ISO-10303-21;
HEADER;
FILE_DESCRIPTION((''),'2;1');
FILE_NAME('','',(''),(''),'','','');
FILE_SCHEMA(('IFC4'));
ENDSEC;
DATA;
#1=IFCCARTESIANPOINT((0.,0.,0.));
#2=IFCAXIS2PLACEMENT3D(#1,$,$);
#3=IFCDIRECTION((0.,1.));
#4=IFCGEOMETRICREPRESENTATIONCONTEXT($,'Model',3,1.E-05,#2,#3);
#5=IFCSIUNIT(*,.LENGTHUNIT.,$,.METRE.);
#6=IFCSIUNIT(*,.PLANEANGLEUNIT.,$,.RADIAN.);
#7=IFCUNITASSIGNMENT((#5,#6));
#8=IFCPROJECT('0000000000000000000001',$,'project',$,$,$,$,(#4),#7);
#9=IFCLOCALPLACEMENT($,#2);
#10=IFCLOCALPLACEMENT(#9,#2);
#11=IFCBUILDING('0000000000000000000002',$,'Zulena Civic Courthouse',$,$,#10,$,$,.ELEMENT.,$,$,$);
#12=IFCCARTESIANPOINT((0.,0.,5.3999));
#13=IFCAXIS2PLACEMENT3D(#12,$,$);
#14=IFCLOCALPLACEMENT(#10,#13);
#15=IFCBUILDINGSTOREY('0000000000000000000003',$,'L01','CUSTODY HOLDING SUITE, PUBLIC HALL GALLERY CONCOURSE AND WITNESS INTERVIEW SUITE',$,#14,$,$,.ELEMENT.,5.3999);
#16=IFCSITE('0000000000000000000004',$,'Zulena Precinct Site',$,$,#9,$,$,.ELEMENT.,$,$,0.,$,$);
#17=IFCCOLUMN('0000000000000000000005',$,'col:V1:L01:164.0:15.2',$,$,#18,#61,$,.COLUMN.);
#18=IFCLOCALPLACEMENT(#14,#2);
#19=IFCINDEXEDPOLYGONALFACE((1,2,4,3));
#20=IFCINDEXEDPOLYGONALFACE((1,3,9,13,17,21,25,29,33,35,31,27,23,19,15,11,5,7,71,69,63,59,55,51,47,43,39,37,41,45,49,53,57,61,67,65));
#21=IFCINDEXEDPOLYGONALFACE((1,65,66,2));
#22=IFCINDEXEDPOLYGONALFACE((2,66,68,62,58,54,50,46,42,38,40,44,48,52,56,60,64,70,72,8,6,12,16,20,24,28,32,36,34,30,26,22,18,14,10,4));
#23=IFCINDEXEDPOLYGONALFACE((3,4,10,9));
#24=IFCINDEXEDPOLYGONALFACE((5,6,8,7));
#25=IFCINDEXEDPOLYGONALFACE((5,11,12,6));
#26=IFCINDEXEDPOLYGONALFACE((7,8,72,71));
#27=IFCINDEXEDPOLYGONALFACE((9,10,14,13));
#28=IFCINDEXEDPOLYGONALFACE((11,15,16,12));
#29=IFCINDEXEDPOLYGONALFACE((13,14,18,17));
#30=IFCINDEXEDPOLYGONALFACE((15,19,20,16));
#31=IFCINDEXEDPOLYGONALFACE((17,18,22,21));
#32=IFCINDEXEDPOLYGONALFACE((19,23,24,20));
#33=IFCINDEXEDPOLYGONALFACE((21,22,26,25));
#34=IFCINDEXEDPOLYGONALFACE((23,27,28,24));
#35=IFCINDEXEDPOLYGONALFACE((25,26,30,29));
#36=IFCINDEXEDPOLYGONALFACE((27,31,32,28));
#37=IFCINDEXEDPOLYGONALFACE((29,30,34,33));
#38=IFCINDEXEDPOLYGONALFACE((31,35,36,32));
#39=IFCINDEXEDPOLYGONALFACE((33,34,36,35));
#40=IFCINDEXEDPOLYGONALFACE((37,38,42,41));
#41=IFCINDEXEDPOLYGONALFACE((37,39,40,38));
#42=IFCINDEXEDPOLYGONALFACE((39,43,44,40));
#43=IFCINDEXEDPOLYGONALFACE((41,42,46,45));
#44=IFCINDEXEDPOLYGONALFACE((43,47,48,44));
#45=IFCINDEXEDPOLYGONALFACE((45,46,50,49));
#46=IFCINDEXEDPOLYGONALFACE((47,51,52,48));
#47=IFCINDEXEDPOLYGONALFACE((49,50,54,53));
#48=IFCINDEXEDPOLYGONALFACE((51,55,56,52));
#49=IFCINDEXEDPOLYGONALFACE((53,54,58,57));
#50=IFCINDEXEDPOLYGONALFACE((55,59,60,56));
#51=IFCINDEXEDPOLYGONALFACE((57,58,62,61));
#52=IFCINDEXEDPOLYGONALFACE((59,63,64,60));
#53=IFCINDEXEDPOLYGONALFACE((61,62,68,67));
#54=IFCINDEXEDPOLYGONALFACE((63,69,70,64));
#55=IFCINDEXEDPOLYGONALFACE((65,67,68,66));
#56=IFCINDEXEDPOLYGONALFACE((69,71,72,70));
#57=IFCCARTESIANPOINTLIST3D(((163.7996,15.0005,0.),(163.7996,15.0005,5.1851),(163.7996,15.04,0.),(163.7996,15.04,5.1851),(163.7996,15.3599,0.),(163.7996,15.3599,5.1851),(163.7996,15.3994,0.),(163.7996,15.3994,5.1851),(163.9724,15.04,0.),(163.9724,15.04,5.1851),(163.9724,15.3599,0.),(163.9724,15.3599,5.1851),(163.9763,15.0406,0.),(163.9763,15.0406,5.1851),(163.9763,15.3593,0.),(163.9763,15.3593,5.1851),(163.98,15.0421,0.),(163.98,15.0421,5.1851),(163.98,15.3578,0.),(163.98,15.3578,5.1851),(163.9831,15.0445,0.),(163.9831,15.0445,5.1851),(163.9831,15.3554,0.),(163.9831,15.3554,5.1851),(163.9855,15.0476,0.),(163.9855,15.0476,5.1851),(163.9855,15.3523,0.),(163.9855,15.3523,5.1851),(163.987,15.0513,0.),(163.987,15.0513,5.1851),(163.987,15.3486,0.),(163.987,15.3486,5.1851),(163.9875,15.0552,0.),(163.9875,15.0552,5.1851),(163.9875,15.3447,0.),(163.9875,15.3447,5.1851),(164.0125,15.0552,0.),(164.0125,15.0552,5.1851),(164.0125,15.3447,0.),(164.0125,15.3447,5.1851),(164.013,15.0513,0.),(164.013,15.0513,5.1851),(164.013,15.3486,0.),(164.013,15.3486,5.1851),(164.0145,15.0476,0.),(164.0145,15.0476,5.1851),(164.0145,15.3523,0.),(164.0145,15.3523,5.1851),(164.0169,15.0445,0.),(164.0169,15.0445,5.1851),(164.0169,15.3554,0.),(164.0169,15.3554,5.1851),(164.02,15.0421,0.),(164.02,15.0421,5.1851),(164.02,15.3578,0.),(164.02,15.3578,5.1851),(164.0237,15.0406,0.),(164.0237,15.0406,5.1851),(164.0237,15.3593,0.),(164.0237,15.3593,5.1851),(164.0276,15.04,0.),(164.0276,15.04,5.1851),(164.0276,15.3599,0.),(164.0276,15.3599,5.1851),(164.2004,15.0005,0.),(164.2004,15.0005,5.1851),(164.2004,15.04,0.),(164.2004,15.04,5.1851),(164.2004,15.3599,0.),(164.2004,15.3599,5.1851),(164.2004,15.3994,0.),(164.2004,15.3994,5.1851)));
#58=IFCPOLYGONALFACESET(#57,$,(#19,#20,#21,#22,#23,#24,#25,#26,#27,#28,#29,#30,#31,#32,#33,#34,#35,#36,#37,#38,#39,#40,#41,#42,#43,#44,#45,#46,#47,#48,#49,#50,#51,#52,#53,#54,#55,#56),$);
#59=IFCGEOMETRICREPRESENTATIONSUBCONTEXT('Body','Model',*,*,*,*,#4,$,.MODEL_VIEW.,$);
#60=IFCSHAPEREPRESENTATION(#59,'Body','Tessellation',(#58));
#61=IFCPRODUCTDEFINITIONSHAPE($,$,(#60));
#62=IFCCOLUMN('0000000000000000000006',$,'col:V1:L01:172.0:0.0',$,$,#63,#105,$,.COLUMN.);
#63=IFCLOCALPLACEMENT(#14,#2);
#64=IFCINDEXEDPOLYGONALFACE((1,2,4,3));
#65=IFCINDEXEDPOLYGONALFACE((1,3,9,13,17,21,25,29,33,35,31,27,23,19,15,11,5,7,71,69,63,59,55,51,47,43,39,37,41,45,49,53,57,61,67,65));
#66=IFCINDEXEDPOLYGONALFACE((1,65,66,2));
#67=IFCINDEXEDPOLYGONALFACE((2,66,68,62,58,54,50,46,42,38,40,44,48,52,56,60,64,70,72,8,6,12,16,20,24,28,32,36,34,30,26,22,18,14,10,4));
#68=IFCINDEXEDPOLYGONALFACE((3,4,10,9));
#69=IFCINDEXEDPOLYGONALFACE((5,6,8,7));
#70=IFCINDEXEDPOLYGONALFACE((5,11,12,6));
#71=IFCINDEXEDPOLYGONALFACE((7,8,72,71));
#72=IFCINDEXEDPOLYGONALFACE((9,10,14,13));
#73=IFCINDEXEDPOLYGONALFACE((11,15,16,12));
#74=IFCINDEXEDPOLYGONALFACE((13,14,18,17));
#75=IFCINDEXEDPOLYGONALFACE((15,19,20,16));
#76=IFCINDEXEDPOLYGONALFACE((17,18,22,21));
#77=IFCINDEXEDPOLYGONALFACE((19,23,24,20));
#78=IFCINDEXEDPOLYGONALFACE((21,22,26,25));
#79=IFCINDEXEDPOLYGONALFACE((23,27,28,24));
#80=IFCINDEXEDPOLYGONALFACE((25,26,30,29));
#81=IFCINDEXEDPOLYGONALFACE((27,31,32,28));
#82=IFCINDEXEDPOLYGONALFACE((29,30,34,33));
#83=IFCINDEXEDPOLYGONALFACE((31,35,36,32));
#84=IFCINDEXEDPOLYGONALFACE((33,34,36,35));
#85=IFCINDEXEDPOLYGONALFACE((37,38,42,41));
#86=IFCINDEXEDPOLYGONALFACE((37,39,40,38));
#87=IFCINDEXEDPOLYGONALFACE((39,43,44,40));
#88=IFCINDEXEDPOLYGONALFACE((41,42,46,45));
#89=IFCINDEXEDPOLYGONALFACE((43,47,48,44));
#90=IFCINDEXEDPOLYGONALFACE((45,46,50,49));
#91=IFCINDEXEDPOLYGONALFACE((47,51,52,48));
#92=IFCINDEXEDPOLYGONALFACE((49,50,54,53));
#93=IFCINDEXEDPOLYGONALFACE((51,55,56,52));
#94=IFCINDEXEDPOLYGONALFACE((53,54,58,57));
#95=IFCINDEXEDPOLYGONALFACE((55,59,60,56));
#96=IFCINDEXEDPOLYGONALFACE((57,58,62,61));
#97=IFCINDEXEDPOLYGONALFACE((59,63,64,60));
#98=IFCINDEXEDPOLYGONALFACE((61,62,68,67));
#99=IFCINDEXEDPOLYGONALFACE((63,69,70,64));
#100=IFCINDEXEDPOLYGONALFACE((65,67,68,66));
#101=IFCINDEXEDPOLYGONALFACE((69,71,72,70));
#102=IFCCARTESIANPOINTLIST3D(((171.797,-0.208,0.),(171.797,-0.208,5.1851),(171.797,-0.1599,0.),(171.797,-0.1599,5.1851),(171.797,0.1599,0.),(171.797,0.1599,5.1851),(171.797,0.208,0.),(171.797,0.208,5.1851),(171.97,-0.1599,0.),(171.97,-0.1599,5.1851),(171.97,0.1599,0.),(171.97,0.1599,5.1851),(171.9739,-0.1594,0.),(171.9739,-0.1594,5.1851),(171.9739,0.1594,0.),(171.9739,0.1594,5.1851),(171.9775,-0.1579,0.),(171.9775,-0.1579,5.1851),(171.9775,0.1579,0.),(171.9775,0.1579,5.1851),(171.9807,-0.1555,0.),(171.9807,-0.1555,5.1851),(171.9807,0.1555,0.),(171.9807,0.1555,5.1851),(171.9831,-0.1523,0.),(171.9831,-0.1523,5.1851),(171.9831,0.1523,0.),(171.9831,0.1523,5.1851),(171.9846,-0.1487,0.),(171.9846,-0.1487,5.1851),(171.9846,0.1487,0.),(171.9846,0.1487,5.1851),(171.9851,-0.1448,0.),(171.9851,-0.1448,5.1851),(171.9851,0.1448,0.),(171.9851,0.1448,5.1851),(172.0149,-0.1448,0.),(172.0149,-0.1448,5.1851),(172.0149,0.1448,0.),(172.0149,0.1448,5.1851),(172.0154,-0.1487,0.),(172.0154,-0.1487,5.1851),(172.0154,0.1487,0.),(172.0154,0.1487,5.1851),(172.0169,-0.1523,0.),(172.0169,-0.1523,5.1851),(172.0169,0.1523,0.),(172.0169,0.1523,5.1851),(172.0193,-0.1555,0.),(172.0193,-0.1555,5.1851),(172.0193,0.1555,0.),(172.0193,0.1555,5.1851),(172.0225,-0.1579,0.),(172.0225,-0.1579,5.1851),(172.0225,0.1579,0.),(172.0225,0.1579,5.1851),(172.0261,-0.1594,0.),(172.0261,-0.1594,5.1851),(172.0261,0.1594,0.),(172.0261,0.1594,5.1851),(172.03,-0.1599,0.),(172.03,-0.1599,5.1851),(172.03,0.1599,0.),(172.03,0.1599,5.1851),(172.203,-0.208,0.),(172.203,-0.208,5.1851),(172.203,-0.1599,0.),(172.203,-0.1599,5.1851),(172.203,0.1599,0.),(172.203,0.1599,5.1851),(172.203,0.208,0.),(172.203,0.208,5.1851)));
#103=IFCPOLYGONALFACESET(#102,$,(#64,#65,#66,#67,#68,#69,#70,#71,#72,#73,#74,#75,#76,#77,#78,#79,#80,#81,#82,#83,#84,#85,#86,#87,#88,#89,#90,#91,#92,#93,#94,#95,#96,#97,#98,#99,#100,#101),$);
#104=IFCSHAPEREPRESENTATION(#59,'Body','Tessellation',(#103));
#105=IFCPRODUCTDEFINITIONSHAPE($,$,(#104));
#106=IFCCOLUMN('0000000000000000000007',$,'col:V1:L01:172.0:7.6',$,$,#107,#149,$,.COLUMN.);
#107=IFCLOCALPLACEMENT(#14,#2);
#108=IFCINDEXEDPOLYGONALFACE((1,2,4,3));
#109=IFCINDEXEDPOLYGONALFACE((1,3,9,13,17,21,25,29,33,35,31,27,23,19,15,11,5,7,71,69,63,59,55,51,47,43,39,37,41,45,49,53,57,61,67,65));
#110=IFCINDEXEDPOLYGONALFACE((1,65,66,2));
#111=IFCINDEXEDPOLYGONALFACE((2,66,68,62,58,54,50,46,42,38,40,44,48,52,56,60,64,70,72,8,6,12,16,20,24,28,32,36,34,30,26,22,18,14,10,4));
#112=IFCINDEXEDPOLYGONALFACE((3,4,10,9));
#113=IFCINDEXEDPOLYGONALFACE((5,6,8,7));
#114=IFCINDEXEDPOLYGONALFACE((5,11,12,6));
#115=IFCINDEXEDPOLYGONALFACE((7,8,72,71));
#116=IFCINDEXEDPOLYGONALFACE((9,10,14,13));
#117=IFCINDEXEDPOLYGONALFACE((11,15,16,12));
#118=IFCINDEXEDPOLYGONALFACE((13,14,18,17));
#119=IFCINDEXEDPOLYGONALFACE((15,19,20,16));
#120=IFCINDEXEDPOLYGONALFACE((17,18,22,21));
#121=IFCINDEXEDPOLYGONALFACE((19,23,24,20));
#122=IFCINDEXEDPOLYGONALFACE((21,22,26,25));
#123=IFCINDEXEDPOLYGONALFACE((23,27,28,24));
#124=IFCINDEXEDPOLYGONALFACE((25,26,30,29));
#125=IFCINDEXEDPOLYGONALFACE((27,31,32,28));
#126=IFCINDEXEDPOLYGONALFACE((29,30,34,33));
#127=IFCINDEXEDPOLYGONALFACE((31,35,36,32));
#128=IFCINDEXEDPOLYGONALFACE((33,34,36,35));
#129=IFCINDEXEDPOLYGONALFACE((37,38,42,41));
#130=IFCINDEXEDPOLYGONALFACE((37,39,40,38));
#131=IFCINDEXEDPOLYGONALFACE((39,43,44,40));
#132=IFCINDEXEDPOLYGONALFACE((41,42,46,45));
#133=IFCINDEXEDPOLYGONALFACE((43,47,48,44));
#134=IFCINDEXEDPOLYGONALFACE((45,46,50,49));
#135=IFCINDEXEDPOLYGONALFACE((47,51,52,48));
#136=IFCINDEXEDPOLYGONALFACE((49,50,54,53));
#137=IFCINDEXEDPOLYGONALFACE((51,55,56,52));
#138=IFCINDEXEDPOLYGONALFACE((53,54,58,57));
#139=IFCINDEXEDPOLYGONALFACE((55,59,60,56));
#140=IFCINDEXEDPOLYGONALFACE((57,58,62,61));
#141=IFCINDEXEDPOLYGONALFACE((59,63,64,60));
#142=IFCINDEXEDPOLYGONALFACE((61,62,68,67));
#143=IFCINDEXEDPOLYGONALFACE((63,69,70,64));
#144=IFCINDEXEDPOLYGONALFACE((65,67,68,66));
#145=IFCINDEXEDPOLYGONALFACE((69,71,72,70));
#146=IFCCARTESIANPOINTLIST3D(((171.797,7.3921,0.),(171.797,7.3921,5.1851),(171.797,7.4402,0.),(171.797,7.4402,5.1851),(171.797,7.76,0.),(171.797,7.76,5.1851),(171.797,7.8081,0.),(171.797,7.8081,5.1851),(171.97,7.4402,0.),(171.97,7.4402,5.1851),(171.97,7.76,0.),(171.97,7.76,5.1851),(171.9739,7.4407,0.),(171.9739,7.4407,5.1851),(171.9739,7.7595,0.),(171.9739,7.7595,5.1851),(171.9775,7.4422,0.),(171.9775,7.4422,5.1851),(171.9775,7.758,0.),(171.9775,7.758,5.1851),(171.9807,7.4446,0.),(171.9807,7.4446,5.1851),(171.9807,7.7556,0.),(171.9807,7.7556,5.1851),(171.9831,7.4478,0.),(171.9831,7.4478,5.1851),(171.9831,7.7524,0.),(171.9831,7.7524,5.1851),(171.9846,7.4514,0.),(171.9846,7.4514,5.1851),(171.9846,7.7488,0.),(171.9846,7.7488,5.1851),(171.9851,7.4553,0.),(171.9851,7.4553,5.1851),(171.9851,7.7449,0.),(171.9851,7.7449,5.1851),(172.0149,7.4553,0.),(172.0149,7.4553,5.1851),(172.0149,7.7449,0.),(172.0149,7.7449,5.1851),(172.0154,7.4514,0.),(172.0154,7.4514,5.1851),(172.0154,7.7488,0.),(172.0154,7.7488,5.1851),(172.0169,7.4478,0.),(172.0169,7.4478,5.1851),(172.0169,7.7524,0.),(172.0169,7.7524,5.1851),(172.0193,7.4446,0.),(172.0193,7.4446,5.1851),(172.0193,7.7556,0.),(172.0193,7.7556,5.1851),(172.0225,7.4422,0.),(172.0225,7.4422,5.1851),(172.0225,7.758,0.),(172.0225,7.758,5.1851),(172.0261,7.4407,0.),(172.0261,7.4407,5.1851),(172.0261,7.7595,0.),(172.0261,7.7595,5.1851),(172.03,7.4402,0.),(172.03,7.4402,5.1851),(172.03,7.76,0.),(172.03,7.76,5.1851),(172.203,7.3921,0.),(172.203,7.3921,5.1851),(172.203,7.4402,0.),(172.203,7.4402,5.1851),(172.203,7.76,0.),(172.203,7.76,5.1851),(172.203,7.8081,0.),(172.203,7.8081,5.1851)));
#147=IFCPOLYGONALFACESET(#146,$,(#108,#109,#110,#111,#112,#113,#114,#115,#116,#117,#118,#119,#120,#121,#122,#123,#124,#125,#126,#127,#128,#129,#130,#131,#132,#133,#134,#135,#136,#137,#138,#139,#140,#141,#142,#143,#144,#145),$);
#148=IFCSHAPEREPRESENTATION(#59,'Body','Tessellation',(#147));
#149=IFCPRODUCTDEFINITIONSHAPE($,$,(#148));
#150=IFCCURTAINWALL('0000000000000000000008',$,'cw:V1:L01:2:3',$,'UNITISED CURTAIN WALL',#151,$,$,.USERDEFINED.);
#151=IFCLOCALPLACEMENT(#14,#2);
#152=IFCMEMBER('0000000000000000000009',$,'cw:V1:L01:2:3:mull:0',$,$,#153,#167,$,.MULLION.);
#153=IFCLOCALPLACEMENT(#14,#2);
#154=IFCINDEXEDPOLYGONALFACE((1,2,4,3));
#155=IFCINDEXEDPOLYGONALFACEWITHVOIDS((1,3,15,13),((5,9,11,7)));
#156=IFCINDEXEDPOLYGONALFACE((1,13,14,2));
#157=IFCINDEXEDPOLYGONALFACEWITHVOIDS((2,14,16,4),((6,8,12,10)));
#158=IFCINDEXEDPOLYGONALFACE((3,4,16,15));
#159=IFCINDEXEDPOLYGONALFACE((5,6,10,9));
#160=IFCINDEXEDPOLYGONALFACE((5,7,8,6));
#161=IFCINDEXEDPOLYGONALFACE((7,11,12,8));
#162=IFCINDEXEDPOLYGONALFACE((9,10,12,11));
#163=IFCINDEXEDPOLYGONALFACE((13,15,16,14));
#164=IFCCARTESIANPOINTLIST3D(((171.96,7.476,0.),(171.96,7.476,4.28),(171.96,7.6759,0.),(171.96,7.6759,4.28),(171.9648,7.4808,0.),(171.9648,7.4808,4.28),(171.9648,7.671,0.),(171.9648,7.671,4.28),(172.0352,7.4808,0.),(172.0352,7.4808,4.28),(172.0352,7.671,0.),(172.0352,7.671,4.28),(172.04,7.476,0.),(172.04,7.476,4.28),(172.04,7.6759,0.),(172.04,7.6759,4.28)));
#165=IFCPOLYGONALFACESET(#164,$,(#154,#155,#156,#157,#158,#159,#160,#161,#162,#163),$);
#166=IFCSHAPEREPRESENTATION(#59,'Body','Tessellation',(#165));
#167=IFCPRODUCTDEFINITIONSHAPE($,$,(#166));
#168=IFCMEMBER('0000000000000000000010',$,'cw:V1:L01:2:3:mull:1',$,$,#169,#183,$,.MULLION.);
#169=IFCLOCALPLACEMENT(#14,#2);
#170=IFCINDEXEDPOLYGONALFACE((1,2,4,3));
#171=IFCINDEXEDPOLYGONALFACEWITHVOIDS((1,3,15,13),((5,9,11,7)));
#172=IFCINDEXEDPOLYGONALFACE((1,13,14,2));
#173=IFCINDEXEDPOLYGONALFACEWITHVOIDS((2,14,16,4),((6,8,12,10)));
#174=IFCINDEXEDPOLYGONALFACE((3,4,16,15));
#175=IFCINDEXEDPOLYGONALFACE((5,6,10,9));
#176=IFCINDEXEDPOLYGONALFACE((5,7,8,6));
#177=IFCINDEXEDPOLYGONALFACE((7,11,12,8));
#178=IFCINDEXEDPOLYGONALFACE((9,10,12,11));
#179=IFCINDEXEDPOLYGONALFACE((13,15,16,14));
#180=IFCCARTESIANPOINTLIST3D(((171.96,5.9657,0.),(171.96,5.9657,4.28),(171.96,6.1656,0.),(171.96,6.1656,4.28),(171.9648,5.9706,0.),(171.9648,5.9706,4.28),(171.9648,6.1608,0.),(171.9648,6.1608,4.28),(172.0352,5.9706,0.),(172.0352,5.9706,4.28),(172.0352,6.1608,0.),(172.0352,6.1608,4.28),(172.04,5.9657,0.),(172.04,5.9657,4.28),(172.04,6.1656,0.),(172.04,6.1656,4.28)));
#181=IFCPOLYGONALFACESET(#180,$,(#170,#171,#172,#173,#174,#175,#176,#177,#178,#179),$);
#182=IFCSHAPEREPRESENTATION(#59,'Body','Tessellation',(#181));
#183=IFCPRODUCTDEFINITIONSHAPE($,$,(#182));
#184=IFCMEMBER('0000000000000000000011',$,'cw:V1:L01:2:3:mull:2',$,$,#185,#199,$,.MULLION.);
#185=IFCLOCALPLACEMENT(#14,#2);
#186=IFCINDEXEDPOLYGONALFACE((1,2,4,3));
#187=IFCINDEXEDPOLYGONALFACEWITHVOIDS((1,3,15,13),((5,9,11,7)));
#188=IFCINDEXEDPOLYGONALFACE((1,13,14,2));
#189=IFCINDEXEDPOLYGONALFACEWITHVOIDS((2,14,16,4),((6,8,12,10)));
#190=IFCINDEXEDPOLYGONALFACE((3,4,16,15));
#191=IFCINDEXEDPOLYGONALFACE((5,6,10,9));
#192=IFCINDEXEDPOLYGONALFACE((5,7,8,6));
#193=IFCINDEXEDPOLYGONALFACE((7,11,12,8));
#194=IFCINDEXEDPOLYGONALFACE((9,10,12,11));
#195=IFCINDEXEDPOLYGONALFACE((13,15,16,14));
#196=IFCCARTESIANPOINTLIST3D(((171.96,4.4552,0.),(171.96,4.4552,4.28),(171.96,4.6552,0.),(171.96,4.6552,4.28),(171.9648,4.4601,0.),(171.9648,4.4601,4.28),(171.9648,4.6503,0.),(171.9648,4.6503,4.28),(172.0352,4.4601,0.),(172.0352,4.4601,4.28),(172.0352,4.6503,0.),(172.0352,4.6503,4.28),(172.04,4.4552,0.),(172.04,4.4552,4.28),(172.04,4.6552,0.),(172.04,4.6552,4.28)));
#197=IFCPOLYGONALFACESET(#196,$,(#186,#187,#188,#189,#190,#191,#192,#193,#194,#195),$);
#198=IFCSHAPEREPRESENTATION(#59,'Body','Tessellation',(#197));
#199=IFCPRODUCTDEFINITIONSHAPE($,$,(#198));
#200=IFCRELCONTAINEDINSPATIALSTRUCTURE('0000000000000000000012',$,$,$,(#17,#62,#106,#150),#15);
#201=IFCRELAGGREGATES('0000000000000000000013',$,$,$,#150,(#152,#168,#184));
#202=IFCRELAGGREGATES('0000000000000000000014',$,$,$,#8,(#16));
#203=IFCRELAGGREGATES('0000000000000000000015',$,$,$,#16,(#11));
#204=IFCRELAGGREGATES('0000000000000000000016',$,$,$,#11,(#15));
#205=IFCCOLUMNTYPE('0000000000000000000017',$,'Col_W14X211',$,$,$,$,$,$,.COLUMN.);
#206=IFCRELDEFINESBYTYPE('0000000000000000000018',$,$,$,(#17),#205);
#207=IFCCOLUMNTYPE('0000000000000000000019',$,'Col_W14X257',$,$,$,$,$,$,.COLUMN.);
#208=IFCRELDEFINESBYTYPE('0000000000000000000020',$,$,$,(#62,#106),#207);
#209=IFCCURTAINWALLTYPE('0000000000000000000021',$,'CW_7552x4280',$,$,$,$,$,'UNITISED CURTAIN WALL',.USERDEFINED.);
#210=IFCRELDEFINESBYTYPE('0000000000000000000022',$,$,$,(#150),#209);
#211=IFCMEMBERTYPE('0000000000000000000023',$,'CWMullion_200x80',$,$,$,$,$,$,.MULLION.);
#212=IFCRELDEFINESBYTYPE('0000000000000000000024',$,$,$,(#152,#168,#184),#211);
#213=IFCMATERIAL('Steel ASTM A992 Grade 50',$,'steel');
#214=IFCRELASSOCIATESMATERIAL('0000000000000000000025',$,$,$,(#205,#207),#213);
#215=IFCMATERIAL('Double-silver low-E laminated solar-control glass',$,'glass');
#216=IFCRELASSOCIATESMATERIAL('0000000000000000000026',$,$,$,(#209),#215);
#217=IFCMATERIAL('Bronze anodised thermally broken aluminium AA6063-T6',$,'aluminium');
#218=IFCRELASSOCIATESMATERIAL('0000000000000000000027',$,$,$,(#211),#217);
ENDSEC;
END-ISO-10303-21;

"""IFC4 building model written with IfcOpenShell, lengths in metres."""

from ifc_helpers import new_model, si_unit, direction, frame, origin, origin_2d, place, context, subcontext, project, spatial, hollow_rectangle, i_section, extrude, material, material_profile, profile_set, type_object, element, aggregate, save


model = new_model("IFC4")

# Units and contexts
model_context = context("Model", 3, precision=1e-05, world=origin(), true_north=direction((0.0, 1.0)))
body_context = subcontext(model_context, "Body", "Model", "MODEL_VIEW")
ifc_project = project(units=[si_unit("LENGTHUNIT", "METRE"), si_unit("PLANEANGLEUNIT", "RADIAN")], contexts=[model_context])

# Site, building, storey
site_placement = place(None, origin())
site = spatial("IfcSite", under=ifc_project, at=site_placement, Name="Zulena Precinct Site", CompositionType="ELEMENT", RefElevation=0.0)
building_placement = place(site_placement, origin())
building = spatial("IfcBuilding", under=site, at=building_placement, Name="Zulena Civic Courthouse", CompositionType="ELEMENT")
storey_placement = place(building_placement, frame((0.0, 0.0, 5.3999)))
storey = spatial("IfcBuildingStorey", under=building, at=storey_placement, Name="L01", Description="CUSTODY HOLDING SUITE, PUBLIC HALL GALLERY CONCOURSE AND WITNESS INTERVIEW SUITE", CompositionType="ELEMENT", Elevation=5.3999)

# Columns
ifc_material_1 = material(Name="Steel ASTM A992 Grade 50", Category="steel")
ifc_material_profile_1 = material_profile(ifc_material_1, i_section(OverallWidth=0.4009, OverallDepth=0.3989, WebThickness=0.0249, FlangeThickness=0.0396, FilletRadius=0.0151, at=origin_2d()), Name="W14X211")
ifc_profile_set_1 = profile_set([ifc_material_profile_1], Name="Steel ASTM A992 Grade 50")
column_type_1 = type_object("IfcColumnType", Name="Col_W14X211", PredefinedType="COLUMN", material=ifc_profile_set_1)
column_placement = place(storey_placement, frame((164.0, 15.2, 0.0), z_axis=(0.0, 0.0, 1.0), x_axis=(1.0, 0.0, 0.0)))
element("IfcColumn", 1, at=column_placement, inside=storey, type_object=column_type_1, Name="col:V1:L01:164.0:15.2", PredefinedType="COLUMN", context=body_context, shape_type="SweptSolid", body=[
    extrude(i_section(OverallWidth=0.4009, OverallDepth=0.3989, WebThickness=0.0249, FlangeThickness=0.0396, FilletRadius=0.0151, at=origin_2d()), origin(), (0.0, 0.0, 1.0), 5.1851),
])
ifc_material_profile_2 = material_profile(ifc_material_1, i_section(OverallWidth=0.406, OverallDepth=0.416, WebThickness=0.0298, FlangeThickness=0.0481, FilletRadius=0.0151, at=origin_2d()), Name="W14X257")
ifc_profile_set_2 = profile_set([ifc_material_profile_2], Name="Steel ASTM A992 Grade 50")
column_type_2 = type_object("IfcColumnType", Name="Col_W14X257", PredefinedType="COLUMN", material=ifc_profile_set_2)
for number, where, z_axis, x_axis, name in (
    (2, (172.0, 0.0, 0.0), (0.0, 0.0, 1.0), (1.0, 0.0, 0.0), "col:V1:L01:172.0:0.0"),
    (3, (172.0, 7.6001, 0.0), (0.0, 0.0, 1.0), (1.0, 0.0, 0.0), "col:V1:L01:172.0:7.6"),
):
    element("IfcColumn", number, at=place(storey_placement, frame(where, z_axis=z_axis, x_axis=x_axis)), inside=storey, type_object=column_type_2, Name=name, PredefinedType="COLUMN", context=body_context, shape_type="SweptSolid", body=[
        extrude(i_section(OverallWidth=0.406, OverallDepth=0.416, WebThickness=0.0298, FlangeThickness=0.0481, FilletRadius=0.0151, at=origin_2d()), origin(), (0.0, 0.0, 1.0), 5.1851),
    ])

# Curtain wall, members
ifc_material_2 = material(Name="Double-silver low-E laminated solar-control glass", Category="glass")
curtain_wall_type = type_object("IfcCurtainWallType", Name="CW_7552x4280", ElementType="UNITISED CURTAIN WALL", PredefinedType="USERDEFINED", material=ifc_material_2)
curtain_wall_placement = place(storey_placement, origin())
curtain_wall = element("IfcCurtainWall", 4, at=curtain_wall_placement, inside=storey, type_object=curtain_wall_type, Name="cw:V1:L01:2:3", ObjectType="UNITISED CURTAIN WALL", PredefinedType="USERDEFINED")
ifc_material_3 = material(Name="Bronze anodised thermally broken aluminium AA6063-T6", Category="aluminium")
ifc_material_profile_3 = material_profile(ifc_material_3, hollow_rectangle(XDim=0.0801, YDim=0.2, WallThickness=0.0049, at=origin_2d()), Name="CWM200X80X5")
ifc_profile_set_3 = profile_set([ifc_material_profile_3], Name="Bronze anodised thermally broken aluminium AA6063-T6")
member_type_1 = type_object("IfcMemberType", Name="CWMullion_200x80", PredefinedType="MULLION", material=ifc_profile_set_3)
member_1_placement = place(storey_placement, frame((172.0, 7.5759, 0.0), z_axis=(0.0, 0.0, 1.0), x_axis=(1.0, 0.0, 0.0)))
member_1 = element("IfcMember", 5, at=member_1_placement, type_object=member_type_1, Name="cw:V1:L01:2:3:mull:0", PredefinedType="MULLION", context=body_context, shape_type="SweptSolid", body=[
    extrude(hollow_rectangle(XDim=0.0801, YDim=0.2, WallThickness=0.0049, at=origin_2d()), origin(), (0.0, 0.0, 1.0), 4.28),
])
member_2_placement = place(storey_placement, frame((172.0, 6.0657, 0.0), z_axis=(0.0, 0.0, 1.0), x_axis=(1.0, 0.0, 0.0)))
member_2 = element("IfcMember", 6, at=member_2_placement, type_object=member_type_1, Name="cw:V1:L01:2:3:mull:1", PredefinedType="MULLION", context=body_context, shape_type="SweptSolid", body=[
    extrude(hollow_rectangle(XDim=0.0801, YDim=0.2, WallThickness=0.0049, at=origin_2d()), origin(), (0.0, 0.0, 1.0), 4.28),
])
member_3_placement = place(storey_placement, frame((172.0, 4.5552, 0.0), z_axis=(0.0, 0.0, 1.0), x_axis=(1.0, 0.0, 0.0)))
member_3 = element("IfcMember", 7, at=member_3_placement, type_object=member_type_1, Name="cw:V1:L01:2:3:mull:2", PredefinedType="MULLION", context=body_context, shape_type="SweptSolid", body=[
    extrude(hollow_rectangle(XDim=0.0801, YDim=0.2, WallThickness=0.0049, at=origin_2d()), origin(), (0.0, 0.0, 1.0), 4.28),
])

aggregate(curtain_wall, [member_1, member_2, member_3])

save(model, "model.ifc")
